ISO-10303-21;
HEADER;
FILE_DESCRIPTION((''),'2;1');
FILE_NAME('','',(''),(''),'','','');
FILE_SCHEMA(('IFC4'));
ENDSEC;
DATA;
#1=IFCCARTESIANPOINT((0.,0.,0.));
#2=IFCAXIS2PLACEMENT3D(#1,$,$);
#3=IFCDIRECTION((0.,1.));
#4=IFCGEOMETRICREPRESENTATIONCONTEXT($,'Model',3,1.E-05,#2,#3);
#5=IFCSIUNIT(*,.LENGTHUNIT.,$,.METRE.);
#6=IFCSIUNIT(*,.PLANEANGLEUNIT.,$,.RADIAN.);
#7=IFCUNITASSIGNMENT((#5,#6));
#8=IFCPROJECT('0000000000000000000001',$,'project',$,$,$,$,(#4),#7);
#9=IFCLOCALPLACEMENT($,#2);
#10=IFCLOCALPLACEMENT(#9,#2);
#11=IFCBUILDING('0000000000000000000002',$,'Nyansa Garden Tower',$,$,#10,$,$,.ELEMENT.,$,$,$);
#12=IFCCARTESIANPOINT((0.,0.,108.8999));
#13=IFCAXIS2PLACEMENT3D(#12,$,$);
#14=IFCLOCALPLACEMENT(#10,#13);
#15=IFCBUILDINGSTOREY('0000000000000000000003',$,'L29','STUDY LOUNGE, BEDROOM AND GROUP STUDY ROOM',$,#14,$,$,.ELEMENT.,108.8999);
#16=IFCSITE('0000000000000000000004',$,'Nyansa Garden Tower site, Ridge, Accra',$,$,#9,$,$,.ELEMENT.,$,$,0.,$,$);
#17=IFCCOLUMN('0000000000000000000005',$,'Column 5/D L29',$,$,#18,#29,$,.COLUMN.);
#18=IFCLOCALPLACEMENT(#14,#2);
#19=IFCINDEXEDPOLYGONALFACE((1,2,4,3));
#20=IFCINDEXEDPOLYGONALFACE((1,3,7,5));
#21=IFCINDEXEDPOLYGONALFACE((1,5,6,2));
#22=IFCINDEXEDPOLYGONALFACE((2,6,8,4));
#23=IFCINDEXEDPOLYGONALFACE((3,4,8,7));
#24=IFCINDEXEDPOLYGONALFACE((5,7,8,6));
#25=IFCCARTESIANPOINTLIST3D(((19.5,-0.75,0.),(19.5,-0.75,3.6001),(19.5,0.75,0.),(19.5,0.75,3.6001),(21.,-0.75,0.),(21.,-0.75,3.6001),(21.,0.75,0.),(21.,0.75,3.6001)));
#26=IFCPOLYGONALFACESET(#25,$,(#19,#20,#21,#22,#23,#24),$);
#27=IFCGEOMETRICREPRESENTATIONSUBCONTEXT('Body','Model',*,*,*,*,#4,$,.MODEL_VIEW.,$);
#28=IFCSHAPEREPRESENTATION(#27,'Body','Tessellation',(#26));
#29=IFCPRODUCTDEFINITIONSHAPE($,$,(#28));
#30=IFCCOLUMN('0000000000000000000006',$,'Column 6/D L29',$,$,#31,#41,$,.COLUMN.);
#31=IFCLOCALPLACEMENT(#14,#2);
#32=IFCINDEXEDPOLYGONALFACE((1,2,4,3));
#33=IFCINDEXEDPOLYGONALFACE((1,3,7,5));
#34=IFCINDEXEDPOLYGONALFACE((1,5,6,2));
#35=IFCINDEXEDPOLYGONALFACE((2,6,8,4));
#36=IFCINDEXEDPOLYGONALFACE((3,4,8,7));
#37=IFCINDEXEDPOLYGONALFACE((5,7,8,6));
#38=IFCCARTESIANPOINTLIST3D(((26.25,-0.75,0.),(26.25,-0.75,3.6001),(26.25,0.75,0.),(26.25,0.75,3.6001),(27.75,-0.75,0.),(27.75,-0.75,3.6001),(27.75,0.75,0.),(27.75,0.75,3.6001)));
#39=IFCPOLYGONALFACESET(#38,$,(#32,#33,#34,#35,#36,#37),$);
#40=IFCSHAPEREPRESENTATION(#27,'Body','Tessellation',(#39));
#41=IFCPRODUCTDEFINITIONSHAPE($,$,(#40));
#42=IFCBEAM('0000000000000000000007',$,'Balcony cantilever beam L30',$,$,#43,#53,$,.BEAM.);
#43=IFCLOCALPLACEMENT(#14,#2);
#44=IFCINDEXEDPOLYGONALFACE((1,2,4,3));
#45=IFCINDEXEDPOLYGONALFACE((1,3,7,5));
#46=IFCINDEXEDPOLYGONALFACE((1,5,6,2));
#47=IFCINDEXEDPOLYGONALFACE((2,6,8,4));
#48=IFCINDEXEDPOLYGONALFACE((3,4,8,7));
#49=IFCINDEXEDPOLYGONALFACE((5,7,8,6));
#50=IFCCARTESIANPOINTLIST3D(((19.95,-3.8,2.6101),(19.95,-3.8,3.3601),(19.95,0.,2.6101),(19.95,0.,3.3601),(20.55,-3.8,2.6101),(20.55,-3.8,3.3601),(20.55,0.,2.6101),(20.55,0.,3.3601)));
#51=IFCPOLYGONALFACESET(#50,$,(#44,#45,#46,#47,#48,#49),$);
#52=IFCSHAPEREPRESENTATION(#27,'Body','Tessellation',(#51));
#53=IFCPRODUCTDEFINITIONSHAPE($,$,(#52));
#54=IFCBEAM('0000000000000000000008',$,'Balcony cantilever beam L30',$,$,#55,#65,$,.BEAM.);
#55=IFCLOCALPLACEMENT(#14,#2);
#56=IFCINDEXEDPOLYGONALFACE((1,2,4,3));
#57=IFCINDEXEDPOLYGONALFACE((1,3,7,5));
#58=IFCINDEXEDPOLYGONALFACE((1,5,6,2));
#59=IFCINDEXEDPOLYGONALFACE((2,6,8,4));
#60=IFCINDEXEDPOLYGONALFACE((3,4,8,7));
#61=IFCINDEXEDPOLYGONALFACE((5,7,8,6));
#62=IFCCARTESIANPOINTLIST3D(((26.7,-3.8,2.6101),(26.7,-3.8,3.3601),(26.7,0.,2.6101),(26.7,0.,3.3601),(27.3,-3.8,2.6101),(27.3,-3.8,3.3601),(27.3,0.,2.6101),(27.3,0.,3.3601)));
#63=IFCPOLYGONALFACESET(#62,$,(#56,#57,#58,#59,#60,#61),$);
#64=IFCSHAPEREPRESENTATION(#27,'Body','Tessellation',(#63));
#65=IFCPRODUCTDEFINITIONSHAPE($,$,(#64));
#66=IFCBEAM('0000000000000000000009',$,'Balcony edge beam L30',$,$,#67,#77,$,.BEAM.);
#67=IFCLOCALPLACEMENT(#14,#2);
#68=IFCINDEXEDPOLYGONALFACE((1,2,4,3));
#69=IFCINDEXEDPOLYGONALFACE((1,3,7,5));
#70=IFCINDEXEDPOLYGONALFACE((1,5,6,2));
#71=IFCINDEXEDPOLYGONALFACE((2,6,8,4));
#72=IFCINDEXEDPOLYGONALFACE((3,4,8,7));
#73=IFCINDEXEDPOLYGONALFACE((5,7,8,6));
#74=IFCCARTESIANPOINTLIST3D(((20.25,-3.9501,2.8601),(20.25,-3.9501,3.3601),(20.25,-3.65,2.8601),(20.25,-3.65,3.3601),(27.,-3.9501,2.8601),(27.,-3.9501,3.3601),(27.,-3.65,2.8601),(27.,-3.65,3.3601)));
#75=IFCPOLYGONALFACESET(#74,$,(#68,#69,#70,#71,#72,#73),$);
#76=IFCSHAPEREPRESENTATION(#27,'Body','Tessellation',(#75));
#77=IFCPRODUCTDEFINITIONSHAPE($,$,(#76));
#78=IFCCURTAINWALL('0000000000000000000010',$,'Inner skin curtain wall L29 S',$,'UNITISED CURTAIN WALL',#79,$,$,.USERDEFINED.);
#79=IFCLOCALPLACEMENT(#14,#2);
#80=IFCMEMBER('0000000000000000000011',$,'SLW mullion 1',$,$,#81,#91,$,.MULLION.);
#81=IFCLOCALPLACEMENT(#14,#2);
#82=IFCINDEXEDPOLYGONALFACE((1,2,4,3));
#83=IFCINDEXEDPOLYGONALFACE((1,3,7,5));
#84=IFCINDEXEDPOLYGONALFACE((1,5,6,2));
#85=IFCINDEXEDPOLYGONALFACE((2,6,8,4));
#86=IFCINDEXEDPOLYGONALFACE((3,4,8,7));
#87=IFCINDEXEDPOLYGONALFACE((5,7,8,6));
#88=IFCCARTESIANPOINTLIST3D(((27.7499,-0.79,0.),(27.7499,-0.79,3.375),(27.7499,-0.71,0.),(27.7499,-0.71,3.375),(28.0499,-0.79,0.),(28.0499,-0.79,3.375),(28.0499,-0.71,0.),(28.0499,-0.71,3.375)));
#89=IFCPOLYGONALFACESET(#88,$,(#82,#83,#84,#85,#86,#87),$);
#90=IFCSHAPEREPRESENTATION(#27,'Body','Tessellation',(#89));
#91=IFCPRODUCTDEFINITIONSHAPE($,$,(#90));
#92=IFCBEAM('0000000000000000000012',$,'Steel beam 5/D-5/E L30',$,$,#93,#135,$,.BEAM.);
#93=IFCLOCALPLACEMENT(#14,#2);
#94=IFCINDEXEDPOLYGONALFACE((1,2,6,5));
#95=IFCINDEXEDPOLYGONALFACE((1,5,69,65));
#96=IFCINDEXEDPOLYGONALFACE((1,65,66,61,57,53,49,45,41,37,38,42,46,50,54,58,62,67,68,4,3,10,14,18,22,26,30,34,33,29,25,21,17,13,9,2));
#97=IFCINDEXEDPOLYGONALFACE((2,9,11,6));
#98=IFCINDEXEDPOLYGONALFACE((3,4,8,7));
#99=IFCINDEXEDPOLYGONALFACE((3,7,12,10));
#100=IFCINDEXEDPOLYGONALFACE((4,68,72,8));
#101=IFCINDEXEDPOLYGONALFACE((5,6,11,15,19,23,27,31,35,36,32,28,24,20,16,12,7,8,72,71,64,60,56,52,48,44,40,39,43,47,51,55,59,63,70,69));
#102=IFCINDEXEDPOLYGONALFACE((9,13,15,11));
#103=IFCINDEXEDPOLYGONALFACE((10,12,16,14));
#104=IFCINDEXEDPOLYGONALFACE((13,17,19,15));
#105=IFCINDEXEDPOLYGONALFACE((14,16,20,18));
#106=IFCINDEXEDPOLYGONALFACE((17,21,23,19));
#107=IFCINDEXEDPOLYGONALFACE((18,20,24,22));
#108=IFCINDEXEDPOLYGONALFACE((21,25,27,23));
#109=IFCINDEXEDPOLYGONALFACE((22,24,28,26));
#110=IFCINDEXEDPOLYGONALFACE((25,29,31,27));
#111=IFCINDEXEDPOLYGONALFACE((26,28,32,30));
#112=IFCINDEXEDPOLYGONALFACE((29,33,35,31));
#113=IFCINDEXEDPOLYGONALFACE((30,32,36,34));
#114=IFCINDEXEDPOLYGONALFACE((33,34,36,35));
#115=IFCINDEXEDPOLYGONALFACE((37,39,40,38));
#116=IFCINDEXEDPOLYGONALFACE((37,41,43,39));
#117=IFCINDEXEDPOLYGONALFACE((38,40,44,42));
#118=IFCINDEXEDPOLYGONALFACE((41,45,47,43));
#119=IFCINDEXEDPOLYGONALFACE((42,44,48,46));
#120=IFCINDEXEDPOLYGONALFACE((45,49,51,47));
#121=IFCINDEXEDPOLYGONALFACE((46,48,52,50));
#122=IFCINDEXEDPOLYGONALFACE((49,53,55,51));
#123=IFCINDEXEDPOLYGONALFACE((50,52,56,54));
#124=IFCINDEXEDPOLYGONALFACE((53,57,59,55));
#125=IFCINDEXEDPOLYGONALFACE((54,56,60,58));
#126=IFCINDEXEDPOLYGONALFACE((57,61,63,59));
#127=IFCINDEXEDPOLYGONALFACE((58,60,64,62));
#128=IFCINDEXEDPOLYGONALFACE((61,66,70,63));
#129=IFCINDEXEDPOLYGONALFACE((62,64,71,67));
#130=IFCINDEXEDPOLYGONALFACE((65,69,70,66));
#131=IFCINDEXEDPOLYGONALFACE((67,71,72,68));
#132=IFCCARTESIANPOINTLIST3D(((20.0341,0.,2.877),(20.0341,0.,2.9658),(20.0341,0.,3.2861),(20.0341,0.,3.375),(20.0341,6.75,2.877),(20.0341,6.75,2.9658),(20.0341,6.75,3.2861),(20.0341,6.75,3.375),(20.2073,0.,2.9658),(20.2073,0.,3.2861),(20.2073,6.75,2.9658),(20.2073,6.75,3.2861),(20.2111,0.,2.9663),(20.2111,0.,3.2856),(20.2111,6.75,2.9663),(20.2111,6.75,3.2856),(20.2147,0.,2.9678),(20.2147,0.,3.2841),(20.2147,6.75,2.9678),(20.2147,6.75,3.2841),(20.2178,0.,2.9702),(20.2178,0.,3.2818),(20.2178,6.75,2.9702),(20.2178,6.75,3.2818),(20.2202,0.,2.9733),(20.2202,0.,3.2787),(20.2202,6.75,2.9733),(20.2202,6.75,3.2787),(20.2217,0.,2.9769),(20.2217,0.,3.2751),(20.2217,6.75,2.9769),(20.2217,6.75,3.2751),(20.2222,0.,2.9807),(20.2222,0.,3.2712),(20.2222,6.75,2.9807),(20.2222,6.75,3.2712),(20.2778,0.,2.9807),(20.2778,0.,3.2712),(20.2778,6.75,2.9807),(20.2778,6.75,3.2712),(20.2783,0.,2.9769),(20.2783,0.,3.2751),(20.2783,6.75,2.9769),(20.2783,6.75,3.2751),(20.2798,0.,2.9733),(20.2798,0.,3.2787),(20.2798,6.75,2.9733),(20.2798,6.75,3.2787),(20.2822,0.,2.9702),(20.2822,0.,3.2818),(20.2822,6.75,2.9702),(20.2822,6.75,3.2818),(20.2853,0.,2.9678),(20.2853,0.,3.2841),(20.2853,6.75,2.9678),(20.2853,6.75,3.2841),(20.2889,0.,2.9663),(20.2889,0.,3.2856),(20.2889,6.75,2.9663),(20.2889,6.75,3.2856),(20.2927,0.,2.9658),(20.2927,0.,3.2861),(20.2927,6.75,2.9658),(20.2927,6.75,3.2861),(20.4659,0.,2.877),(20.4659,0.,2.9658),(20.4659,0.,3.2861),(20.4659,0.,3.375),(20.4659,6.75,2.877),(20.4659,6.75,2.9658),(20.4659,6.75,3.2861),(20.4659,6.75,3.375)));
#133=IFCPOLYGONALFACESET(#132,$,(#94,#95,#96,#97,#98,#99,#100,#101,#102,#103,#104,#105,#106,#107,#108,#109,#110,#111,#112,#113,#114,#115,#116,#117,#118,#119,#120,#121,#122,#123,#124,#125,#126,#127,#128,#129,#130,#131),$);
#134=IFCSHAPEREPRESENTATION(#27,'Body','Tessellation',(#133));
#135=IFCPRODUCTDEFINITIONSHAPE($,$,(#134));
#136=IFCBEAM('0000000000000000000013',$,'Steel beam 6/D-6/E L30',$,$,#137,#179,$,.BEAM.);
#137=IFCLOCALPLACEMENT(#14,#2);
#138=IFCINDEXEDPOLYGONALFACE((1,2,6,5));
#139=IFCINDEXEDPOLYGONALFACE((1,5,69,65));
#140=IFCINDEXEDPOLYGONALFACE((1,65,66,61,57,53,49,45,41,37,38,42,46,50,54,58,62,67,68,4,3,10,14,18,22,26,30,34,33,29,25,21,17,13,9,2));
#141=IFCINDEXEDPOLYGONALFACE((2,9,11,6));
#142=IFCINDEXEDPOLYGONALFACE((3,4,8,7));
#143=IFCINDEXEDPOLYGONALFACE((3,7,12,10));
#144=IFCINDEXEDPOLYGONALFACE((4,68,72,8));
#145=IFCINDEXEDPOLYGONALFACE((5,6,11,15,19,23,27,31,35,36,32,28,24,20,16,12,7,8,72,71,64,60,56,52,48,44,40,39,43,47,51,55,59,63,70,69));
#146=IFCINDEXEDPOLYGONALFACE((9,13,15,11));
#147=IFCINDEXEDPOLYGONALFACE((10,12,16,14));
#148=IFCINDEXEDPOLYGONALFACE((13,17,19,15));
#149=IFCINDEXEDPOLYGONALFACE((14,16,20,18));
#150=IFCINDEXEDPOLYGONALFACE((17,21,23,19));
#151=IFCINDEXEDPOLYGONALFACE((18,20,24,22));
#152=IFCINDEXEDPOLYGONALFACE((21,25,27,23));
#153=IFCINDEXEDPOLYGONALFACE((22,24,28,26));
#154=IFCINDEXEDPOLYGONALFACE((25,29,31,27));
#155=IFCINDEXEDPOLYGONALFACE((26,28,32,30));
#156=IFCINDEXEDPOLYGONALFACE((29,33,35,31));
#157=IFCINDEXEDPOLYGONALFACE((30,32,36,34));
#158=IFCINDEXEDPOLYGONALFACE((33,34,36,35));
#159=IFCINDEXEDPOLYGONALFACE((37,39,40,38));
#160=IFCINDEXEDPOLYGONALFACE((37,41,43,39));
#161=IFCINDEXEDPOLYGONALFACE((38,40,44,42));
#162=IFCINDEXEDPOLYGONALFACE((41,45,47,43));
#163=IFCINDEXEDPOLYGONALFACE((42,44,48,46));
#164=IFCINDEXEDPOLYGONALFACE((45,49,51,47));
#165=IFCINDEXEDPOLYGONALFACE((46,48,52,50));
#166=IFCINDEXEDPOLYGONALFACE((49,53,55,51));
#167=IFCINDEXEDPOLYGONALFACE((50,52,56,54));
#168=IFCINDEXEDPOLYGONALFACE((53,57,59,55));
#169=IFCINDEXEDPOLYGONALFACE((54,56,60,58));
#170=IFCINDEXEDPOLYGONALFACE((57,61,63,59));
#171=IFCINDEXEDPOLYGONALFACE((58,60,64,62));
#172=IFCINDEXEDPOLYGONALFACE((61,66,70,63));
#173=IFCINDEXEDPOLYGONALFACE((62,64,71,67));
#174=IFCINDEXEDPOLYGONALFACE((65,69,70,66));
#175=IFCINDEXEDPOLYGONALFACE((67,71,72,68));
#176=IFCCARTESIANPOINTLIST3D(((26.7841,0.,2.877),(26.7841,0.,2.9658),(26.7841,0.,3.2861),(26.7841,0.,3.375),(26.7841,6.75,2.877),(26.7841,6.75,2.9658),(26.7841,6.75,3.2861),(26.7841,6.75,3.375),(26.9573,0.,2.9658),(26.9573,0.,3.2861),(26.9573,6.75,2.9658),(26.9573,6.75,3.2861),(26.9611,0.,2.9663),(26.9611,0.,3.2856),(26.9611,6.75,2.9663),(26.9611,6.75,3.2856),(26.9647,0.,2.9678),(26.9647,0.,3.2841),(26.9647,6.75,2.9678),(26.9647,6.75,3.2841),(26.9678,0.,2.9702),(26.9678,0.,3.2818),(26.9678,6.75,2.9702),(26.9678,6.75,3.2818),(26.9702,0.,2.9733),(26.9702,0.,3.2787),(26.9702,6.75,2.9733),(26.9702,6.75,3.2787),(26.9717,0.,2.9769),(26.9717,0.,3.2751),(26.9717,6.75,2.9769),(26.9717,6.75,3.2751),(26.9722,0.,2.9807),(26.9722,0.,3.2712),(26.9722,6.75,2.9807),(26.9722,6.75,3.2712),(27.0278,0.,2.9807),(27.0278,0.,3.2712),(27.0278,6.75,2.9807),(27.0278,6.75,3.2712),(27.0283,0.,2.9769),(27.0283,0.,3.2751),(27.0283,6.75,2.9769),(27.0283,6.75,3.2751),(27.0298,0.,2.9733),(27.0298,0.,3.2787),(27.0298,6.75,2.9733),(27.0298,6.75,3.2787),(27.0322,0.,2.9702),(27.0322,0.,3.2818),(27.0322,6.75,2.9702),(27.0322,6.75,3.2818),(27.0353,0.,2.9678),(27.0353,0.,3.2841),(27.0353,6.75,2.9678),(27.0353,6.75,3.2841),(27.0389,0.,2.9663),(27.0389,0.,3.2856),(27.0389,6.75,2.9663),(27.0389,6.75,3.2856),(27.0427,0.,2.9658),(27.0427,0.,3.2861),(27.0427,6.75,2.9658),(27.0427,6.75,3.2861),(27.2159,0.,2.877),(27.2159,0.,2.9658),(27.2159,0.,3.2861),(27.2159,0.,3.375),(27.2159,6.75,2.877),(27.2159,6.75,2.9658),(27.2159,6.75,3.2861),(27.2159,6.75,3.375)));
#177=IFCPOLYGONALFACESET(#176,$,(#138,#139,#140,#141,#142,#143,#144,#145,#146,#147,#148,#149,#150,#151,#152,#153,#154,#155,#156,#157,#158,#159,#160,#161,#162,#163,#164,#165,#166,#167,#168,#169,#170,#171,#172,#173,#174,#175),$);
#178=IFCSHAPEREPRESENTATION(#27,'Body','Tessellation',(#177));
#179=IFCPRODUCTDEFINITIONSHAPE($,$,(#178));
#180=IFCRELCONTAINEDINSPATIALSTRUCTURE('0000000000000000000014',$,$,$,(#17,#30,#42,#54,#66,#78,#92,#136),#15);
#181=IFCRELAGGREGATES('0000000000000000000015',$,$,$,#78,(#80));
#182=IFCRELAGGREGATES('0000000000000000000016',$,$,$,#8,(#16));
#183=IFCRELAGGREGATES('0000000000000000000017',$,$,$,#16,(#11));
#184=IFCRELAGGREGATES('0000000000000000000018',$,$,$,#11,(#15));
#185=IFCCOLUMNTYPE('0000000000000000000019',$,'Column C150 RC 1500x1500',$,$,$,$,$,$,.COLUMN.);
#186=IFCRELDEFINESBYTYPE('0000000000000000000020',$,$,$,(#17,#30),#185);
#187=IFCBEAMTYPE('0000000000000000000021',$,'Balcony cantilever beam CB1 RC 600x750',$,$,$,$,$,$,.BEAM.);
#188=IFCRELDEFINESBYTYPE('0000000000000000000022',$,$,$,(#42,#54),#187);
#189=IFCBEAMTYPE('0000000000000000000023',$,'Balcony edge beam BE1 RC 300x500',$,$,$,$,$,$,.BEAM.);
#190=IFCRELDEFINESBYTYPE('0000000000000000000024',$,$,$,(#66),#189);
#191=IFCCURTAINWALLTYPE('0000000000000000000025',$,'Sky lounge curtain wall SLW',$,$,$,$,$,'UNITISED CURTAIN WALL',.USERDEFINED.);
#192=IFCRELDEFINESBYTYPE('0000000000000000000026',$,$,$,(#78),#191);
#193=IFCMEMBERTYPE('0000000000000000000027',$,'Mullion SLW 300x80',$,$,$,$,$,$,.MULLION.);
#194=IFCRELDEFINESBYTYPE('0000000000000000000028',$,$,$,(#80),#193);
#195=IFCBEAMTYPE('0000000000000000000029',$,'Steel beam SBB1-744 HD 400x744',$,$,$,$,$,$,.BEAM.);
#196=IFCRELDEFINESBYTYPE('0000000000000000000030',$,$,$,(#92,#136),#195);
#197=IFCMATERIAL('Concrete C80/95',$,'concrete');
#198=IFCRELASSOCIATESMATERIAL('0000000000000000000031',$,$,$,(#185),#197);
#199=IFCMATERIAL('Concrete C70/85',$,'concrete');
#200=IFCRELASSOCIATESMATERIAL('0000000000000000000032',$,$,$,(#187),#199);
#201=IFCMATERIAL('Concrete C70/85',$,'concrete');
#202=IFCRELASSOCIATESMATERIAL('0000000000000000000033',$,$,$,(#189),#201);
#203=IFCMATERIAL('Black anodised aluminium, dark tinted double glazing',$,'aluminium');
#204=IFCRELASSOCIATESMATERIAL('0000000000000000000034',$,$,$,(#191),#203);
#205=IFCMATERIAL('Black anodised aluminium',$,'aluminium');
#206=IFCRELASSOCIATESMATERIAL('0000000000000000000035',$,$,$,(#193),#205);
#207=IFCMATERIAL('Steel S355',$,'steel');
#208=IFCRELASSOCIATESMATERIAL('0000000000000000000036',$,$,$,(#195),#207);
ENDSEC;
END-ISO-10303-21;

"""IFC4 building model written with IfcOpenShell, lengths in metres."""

from ifc_helpers import new_model, si_unit, direction, frame, origin, origin_2d, place, context, subcontext, project, spatial, rectangle, i_section, extrude, material, material_profile, profile_set, type_object, element, aggregate, save


model = new_model("IFC4")

# Units and contexts
model_context = context("Model", 3, precision=1e-05, world=origin(), true_north=direction((0.0, 1.0)))
body_context = subcontext(model_context, "Body", "Model", "MODEL_VIEW")
ifc_project = project(units=[si_unit("LENGTHUNIT", "METRE"), si_unit("PLANEANGLEUNIT", "RADIAN")], contexts=[model_context])

# Site, building, storey
site_placement = place(None, origin())
site = spatial("IfcSite", under=ifc_project, at=site_placement, Name="Nyansa Garden Tower site, Ridge, Accra", CompositionType="ELEMENT", RefElevation=0.0)
building_placement = place(site_placement, origin())
building = spatial("IfcBuilding", under=site, at=building_placement, Name="Nyansa Garden Tower", CompositionType="ELEMENT")
storey_placement = place(building_placement, frame((0.0, 0.0, 108.8999)))
storey = spatial("IfcBuildingStorey", under=building, at=storey_placement, Name="L29", Description="STUDY LOUNGE, BEDROOM AND GROUP STUDY ROOM", CompositionType="ELEMENT", Elevation=108.8999)

# Columns
ifc_material_1 = material(Name="Concrete C80/95", Category="concrete")
ifc_material_profile_1 = material_profile(ifc_material_1, rectangle(XDim=1.5, YDim=1.5, at=origin_2d()), Name="RC 1500x1500")
ifc_profile_set_1 = profile_set([ifc_material_profile_1], Name="Concrete C80/95")
column_type = type_object("IfcColumnType", Name="Column C150 RC 1500x1500", PredefinedType="COLUMN", material=ifc_profile_set_1)
for number, where, z_axis, x_axis, name in (
    (1, (20.25, 0.0, 0.0), (0.0, 0.0, 1.0), (1.0, 0.0, 0.0), "Column 5/D L29"),
    (2, (27.0, 0.0, 0.0), (0.0, 0.0, 1.0), (1.0, 0.0, 0.0), "Column 6/D L29"),
):
    element("IfcColumn", number, at=place(storey_placement, frame(where, z_axis=z_axis, x_axis=x_axis)), inside=storey, type_object=column_type, Name=name, PredefinedType="COLUMN", context=body_context, shape_type="SweptSolid", body=[
        extrude(rectangle(XDim=1.5, YDim=1.5, at=origin_2d()), origin(), (0.0, 0.0, 1.0), 3.6001),
    ])

# Beams
ifc_material_2 = material(Name="Concrete C70/85", Category="concrete")
ifc_material_profile_2 = material_profile(ifc_material_2, rectangle(XDim=0.6001, YDim=0.75, at=origin_2d()), Name="RC 600x750")
ifc_profile_set_2 = profile_set([ifc_material_profile_2], Name="Concrete C70/85")
beam_type_1 = type_object("IfcBeamType", Name="Balcony cantilever beam CB1 RC 600x750", PredefinedType="BEAM", material=ifc_profile_set_2)
for number, where, z_axis, x_axis, name in (
    (3, (20.25, 0.0, 2.9851), (0.0, -1.0, 0.0), (1.0, 0.0, 0.0), "Balcony cantilever beam L30"),
    (4, (27.0, 0.0, 2.9851), (0.0, -1.0, 0.0), (1.0, 0.0, 0.0), "Balcony cantilever beam L30"),
):
    element("IfcBeam", number, at=place(storey_placement, frame(where, z_axis=z_axis, x_axis=x_axis)), inside=storey, type_object=beam_type_1, Name=name, PredefinedType="BEAM", context=body_context, shape_type="SweptSolid", body=[
        extrude(rectangle(XDim=0.6001, YDim=0.75, at=origin_2d()), origin(), (0.0, 0.0, 1.0), 3.8),
    ])
ifc_material_3 = material(Name="Concrete C70/85", Category="concrete")
ifc_material_profile_3 = material_profile(ifc_material_3, rectangle(XDim=0.3, YDim=0.5, at=origin_2d()), Name="RC 300x500")
ifc_profile_set_3 = profile_set([ifc_material_profile_3], Name="Concrete C70/85")
beam_type_2 = type_object("IfcBeamType", Name="Balcony edge beam BE1 RC 300x500", PredefinedType="BEAM", material=ifc_profile_set_3)
beam_placement = place(storey_placement, frame((20.25, -3.8, 3.1101), z_axis=(1.0, 0.0, 0.0), x_axis=(0.0, 1.0, 0.0)))
element("IfcBeam", 5, at=beam_placement, inside=storey, type_object=beam_type_2, Name="Balcony edge beam L30", PredefinedType="BEAM", context=body_context, shape_type="SweptSolid", body=[
    extrude(rectangle(XDim=0.3, YDim=0.5, at=origin_2d()), origin(), (0.0, 0.0, 1.0), 6.75),
])

# Curtain wall, member
ifc_material_4 = material(Name="Black anodised aluminium, dark tinted double glazing", Category="aluminium")
curtain_wall_type = type_object("IfcCurtainWallType", Name="Sky lounge curtain wall SLW", ElementType="UNITISED CURTAIN WALL", PredefinedType="USERDEFINED", material=ifc_material_4)
curtain_wall_placement = place(storey_placement, origin())
curtain_wall = element("IfcCurtainWall", 6, at=curtain_wall_placement, inside=storey, type_object=curtain_wall_type, Name="Inner skin curtain wall L29 S", ObjectType="UNITISED CURTAIN WALL", PredefinedType="USERDEFINED")
ifc_material_5 = material(Name="Black anodised aluminium", Category="aluminium")
ifc_material_profile_4 = material_profile(ifc_material_5, rectangle(XDim=0.0801, YDim=0.3, at=origin_2d()), Name="Mullion 300x80")
ifc_profile_set_4 = profile_set([ifc_material_profile_4], Name="Black anodised aluminium")
member_type = type_object("IfcMemberType", Name="Mullion SLW 300x80", PredefinedType="MULLION", material=ifc_profile_set_4)
member_placement = place(storey_placement, frame((27.8999, -0.75, 0.0), z_axis=(0.0, 0.0, 1.0), x_axis=(0.0, 1.0, 0.0)))
member = element("IfcMember", 7, at=member_placement, type_object=member_type, Name="SLW mullion 1", PredefinedType="MULLION", context=body_context, shape_type="SweptSolid", body=[
    extrude(rectangle(XDim=0.0801, YDim=0.3, at=origin_2d()), origin(), (0.0, 0.0, 1.0), 3.375),
])
aggregate(curtain_wall, [member])

# Beams
ifc_material_6 = material(Name="Steel S355", Category="steel")
ifc_material_profile_5 = material_profile(ifc_material_6, i_section(OverallWidth=0.4319, OverallDepth=0.498, WebThickness=0.0557, FlangeThickness=0.0889, FilletRadius=0.0149, at=origin_2d()), Name="HD 400x744")
ifc_profile_set_5 = profile_set([ifc_material_profile_5], Name="Steel S355")
beam_type_3 = type_object("IfcBeamType", Name="Steel beam SBB1-744 HD 400x744", PredefinedType="BEAM", material=ifc_profile_set_5)
for number, where, z_axis, x_axis, name in (
    (8, (20.25, 0.0, 3.126), (0.0, 1.0, 0.0), (-1.0, 0.0, 0.0), "Steel beam 5/D-5/E L30"),
    (9, (27.0, 0.0, 3.126), (0.0, 1.0, 0.0), (-1.0, 0.0, 0.0), "Steel beam 6/D-6/E L30"),
):
    element("IfcBeam", number, at=place(storey_placement, frame(where, z_axis=z_axis, x_axis=x_axis)), inside=storey, type_object=beam_type_3, Name=name, PredefinedType="BEAM", context=body_context, shape_type="SweptSolid", body=[
        extrude(i_section(OverallWidth=0.4319, OverallDepth=0.498, WebThickness=0.0557, FlangeThickness=0.0889, FilletRadius=0.0149, at=origin_2d()), origin(), (0.0, 0.0, 1.0), 6.75),
    ])

save(model, "model.ifc")
